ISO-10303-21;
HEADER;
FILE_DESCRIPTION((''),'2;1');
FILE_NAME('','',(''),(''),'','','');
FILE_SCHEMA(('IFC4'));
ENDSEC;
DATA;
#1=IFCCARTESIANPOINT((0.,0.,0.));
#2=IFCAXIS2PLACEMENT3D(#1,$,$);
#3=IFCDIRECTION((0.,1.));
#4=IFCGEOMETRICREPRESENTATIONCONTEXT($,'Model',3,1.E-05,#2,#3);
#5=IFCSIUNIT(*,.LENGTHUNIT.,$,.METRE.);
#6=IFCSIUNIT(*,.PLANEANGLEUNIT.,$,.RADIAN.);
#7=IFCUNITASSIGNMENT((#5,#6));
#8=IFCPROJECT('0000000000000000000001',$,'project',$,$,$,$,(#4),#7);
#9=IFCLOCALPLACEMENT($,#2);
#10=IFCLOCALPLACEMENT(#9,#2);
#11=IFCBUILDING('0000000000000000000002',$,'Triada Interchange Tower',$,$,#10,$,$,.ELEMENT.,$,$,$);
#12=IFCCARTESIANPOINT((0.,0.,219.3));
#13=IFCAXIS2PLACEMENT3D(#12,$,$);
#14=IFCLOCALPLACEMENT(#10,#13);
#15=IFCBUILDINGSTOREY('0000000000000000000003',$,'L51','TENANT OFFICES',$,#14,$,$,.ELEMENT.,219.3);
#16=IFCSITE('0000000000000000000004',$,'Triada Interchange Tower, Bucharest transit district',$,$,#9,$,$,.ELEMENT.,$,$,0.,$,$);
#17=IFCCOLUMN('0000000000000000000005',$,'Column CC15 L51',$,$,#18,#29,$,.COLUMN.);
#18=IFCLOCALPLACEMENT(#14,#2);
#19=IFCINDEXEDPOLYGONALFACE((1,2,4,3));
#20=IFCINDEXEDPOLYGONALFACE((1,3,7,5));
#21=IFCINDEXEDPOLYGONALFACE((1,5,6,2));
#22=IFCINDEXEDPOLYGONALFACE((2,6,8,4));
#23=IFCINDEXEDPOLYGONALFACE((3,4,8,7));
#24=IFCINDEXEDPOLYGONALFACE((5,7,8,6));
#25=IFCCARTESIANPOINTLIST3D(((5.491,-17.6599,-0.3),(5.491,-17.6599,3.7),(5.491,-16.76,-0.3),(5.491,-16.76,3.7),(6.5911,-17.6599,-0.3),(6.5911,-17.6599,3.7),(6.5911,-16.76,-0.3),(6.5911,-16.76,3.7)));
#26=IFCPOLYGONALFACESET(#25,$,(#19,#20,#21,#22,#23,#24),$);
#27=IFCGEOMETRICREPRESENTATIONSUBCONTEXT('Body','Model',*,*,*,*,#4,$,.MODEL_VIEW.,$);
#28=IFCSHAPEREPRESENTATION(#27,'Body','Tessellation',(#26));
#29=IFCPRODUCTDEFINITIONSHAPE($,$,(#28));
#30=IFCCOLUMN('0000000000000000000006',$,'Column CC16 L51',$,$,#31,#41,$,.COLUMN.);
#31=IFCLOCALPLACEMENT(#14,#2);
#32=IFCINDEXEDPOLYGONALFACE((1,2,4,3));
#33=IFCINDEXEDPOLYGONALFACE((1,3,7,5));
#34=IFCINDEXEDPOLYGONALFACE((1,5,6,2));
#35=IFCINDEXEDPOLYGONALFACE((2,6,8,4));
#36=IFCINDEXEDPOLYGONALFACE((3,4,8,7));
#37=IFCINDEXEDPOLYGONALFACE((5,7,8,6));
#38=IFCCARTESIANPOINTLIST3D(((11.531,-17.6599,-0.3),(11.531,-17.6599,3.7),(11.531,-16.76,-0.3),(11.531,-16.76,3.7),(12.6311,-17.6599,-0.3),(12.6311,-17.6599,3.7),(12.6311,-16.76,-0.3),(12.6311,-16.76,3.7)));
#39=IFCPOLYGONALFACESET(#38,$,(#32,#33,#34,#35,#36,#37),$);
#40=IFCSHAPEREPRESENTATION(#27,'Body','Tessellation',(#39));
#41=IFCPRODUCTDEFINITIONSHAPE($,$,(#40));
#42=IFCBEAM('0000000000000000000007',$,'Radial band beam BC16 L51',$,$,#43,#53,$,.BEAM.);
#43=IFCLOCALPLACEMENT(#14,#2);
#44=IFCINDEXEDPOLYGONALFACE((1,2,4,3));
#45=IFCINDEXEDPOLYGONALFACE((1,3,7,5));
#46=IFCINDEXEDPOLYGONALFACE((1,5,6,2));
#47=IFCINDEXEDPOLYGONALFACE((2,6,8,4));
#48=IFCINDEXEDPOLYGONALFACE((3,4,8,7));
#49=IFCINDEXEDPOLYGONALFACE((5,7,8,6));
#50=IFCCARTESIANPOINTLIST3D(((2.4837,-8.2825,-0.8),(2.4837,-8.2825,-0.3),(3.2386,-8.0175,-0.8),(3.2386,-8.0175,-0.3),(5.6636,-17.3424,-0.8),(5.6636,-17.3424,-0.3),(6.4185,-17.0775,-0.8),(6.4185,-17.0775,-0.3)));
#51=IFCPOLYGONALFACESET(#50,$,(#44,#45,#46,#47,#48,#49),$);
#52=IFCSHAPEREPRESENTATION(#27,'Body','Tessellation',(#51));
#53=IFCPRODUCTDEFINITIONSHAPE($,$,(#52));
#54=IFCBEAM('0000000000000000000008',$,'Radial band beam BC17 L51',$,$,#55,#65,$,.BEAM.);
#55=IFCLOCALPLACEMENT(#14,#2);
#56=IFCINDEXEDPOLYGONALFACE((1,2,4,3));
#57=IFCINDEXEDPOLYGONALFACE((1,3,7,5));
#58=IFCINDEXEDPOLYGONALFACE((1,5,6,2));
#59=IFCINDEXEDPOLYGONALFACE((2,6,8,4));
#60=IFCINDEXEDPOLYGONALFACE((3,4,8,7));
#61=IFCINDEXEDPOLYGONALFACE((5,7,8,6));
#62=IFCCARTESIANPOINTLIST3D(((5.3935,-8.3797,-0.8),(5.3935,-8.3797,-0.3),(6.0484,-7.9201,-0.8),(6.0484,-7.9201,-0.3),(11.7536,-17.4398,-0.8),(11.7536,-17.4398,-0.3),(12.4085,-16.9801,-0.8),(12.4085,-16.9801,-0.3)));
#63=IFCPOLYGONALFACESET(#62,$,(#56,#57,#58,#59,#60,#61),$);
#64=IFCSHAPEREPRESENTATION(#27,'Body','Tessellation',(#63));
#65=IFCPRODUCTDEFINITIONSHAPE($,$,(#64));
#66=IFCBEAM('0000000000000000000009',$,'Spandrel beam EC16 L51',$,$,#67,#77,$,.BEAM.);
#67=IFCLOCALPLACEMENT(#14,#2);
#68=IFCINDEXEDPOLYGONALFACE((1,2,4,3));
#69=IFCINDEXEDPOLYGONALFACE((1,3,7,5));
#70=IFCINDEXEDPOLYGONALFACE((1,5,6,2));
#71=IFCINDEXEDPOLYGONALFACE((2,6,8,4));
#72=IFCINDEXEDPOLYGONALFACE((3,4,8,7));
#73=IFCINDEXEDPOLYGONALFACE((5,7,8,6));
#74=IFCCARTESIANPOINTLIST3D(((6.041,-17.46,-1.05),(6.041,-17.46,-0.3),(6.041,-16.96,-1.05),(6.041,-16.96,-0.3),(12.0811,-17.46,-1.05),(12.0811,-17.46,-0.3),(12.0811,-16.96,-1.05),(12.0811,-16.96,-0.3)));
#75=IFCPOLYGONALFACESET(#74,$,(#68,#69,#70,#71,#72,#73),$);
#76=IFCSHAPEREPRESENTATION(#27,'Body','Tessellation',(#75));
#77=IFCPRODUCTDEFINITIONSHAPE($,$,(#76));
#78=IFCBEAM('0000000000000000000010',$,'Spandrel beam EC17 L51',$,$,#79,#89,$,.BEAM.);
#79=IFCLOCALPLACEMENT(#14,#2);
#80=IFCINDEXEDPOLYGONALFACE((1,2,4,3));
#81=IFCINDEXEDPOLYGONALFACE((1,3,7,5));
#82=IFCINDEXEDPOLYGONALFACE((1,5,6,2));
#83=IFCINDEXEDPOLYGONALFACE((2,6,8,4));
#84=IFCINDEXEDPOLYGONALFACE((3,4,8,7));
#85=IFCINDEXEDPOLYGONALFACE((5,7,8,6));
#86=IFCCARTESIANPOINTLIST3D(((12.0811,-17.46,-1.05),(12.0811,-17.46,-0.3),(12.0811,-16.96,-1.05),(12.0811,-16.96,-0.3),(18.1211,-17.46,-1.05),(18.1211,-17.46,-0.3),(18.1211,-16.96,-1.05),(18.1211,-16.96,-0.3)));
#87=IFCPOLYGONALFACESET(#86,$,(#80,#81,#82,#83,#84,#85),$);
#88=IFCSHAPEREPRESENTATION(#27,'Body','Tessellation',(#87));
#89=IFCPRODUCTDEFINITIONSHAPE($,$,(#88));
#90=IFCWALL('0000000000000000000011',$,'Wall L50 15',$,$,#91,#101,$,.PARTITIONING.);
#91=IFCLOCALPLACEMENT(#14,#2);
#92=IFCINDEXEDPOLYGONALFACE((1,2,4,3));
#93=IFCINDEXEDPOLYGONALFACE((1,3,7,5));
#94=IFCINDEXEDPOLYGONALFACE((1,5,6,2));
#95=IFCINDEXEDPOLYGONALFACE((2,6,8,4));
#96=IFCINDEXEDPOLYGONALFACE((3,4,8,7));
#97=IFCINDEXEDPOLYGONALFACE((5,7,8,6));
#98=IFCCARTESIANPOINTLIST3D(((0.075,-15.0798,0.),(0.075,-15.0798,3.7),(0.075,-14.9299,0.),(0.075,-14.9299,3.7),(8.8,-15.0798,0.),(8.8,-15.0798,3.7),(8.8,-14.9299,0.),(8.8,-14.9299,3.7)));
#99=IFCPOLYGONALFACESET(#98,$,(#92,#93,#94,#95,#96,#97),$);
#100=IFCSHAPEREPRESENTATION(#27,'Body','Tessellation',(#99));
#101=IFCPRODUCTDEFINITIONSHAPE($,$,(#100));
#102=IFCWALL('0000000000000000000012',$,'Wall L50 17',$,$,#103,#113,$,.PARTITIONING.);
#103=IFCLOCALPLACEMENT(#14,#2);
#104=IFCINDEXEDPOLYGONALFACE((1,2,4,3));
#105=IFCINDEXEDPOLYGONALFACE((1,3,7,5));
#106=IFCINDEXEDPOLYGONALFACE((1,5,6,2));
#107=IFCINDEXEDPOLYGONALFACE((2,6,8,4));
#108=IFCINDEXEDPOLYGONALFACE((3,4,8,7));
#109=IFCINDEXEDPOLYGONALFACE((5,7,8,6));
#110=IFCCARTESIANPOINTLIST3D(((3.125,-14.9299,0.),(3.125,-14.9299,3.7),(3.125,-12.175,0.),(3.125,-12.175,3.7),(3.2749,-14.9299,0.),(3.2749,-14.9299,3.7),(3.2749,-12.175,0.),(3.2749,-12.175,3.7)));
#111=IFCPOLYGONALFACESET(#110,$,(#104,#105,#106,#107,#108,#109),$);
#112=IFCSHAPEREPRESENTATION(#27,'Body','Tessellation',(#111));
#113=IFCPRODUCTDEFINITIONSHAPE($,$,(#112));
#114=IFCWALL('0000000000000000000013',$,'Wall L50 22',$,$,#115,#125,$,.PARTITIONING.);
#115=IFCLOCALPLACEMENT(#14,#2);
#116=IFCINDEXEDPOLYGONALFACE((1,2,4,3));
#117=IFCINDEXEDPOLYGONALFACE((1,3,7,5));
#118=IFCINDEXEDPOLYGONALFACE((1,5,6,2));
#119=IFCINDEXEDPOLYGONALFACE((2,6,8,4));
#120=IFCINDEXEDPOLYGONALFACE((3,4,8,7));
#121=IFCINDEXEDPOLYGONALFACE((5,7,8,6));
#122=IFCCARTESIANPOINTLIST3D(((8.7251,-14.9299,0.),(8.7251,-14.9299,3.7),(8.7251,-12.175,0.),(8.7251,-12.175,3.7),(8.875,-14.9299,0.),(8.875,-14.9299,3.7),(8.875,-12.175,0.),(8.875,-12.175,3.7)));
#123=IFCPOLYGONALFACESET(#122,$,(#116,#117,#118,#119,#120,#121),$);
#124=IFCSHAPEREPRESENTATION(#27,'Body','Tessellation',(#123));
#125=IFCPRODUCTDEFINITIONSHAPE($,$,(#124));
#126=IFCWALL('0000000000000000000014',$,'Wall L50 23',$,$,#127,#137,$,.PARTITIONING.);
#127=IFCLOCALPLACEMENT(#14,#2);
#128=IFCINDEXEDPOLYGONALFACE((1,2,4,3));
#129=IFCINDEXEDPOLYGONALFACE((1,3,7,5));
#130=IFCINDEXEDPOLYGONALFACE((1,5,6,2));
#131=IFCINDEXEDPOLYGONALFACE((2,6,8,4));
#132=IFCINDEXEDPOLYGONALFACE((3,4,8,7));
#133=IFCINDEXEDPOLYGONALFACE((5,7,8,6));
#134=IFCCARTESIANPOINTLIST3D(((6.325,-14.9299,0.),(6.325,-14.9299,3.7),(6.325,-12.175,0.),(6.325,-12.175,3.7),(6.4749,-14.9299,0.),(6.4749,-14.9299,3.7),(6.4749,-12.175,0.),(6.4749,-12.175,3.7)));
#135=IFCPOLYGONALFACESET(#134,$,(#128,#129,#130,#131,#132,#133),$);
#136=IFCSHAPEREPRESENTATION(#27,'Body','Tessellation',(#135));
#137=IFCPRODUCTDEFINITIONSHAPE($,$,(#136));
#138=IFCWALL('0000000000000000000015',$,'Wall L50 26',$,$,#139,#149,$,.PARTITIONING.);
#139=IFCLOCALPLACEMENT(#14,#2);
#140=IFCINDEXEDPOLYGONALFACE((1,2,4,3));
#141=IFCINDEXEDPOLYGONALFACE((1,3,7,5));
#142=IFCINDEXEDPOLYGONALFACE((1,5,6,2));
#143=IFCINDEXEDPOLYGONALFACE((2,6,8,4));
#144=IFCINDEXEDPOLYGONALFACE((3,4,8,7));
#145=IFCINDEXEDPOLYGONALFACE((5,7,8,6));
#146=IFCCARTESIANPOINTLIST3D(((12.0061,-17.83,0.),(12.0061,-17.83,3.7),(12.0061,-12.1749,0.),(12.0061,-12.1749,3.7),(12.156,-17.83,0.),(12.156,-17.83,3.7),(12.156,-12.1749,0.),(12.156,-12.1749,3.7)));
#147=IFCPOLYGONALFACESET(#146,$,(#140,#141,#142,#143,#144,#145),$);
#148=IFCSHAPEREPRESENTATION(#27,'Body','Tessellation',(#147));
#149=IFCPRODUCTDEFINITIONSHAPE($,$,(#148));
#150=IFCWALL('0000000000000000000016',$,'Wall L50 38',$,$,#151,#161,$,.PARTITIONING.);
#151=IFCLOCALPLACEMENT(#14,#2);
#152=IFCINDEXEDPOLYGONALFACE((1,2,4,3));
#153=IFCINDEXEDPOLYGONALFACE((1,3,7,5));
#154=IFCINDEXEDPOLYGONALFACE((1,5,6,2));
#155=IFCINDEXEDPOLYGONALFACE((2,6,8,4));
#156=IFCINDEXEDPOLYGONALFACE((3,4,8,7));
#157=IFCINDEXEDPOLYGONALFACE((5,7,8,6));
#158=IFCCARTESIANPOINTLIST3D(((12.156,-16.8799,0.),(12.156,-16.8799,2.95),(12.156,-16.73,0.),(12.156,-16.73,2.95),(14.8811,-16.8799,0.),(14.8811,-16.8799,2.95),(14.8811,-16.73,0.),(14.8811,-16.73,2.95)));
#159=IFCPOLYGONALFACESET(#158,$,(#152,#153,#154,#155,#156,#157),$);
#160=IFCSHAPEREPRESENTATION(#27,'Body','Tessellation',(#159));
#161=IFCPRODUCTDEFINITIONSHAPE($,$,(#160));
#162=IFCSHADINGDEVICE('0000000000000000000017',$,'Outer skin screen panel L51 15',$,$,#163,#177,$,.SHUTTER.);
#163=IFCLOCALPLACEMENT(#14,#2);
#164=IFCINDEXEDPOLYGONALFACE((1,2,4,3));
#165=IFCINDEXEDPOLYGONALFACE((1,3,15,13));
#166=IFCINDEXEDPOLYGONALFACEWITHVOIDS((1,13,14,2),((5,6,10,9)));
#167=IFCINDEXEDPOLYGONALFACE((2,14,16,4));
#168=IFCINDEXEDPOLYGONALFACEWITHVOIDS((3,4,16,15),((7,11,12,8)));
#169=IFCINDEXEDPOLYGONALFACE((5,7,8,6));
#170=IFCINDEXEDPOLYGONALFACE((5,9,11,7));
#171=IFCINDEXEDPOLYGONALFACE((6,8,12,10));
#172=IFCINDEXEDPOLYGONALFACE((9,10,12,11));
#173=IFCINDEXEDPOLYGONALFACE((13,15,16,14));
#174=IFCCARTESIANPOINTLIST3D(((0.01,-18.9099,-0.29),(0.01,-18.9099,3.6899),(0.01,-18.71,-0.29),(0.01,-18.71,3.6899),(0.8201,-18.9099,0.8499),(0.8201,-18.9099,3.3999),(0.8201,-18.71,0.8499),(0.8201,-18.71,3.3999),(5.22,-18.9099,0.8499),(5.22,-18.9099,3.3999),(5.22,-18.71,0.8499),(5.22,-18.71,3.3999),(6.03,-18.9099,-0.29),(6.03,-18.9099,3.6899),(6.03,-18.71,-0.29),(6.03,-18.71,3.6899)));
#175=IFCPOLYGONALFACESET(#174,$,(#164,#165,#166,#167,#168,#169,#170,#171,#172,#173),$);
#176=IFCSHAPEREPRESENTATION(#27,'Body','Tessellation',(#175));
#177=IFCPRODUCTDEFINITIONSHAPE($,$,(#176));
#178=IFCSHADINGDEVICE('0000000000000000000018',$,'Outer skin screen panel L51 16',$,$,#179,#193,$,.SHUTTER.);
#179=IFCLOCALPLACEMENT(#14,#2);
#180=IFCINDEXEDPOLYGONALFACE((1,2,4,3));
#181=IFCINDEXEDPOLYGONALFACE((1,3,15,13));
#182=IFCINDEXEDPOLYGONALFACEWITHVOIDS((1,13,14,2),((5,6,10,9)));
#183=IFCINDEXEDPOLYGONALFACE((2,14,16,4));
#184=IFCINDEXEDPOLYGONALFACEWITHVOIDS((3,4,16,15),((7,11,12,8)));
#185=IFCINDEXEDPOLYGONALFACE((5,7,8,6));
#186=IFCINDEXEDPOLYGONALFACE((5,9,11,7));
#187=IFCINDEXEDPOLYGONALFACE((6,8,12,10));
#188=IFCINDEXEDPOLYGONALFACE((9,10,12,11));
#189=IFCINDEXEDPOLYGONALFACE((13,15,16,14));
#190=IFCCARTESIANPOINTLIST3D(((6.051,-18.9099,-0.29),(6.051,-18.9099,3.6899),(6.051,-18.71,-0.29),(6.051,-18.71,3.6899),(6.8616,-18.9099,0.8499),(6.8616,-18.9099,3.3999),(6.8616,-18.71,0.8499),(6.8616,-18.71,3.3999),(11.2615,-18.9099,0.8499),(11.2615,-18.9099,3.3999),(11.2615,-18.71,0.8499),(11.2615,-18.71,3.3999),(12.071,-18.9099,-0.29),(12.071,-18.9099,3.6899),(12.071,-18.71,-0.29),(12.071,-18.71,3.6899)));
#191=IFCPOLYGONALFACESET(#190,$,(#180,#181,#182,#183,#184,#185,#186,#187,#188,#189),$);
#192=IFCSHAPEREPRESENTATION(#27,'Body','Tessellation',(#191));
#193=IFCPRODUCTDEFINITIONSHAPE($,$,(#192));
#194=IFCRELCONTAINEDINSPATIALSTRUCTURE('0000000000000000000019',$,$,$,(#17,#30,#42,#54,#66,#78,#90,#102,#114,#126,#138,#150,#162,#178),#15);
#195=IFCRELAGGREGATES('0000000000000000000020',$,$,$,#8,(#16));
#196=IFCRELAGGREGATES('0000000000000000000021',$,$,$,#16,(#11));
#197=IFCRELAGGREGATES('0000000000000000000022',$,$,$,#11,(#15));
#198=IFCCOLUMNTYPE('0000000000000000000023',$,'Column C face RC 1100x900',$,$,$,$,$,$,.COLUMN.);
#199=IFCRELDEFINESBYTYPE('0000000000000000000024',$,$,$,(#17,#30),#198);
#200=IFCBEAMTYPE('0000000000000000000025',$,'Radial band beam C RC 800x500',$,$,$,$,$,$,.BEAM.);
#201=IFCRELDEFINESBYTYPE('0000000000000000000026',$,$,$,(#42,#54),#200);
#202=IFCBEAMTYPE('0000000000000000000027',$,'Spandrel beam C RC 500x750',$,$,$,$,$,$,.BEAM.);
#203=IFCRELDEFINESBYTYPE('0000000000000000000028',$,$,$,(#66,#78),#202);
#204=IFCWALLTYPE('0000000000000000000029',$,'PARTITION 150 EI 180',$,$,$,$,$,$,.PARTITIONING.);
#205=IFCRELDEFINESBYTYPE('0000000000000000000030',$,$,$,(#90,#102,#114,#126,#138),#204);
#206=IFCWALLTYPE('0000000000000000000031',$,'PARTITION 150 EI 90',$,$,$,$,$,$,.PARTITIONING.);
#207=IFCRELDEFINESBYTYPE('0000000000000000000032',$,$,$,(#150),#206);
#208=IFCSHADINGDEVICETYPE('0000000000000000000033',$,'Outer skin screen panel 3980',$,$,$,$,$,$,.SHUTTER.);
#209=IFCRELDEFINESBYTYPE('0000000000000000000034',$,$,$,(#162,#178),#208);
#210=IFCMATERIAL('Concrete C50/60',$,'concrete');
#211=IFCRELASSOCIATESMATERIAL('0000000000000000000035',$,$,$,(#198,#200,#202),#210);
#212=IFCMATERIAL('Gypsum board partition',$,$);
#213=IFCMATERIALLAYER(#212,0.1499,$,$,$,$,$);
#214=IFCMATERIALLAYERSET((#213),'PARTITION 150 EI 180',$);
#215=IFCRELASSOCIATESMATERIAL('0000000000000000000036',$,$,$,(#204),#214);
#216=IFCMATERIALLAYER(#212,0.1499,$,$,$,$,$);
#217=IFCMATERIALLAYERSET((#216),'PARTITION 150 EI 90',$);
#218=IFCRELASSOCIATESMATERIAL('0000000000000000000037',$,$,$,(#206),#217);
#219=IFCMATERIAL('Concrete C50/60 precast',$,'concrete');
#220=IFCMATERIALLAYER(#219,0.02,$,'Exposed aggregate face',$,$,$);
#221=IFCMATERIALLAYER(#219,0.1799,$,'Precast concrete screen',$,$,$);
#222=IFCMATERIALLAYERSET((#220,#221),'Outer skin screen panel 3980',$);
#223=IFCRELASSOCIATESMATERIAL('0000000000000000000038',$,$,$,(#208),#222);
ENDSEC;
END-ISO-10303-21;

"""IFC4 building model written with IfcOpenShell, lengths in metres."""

from ifc_helpers import new_model, si_unit, direction, frame, frame_2d, origin, origin_2d, place, context, subcontext, project, spatial, polyline, rectangle, outline, extrude, material, layer, layer_set, material_profile, profile_set, type_object, element, save


model = new_model("IFC4")

# Units and contexts
model_context = context("Model", 3, precision=1e-05, world=origin(), true_north=direction((0.0, 1.0)))
body_context = subcontext(model_context, "Body", "Model", "MODEL_VIEW")
ifc_project = project(units=[si_unit("LENGTHUNIT", "METRE"), si_unit("PLANEANGLEUNIT", "RADIAN")], contexts=[model_context])

# Site, building, storey
site_placement = place(None, origin())
site = spatial("IfcSite", under=ifc_project, at=site_placement, Name="Triada Interchange Tower, Bucharest transit district", CompositionType="ELEMENT", RefElevation=0.0)
building_placement = place(site_placement, origin())
building = spatial("IfcBuilding", under=site, at=building_placement, Name="Triada Interchange Tower", CompositionType="ELEMENT")
storey_placement = place(building_placement, frame((0.0, 0.0, 219.3)))
storey = spatial("IfcBuildingStorey", under=building, at=storey_placement, Name="L51", Description="TENANT OFFICES", CompositionType="ELEMENT", Elevation=219.3)

# Columns
ifc_material_1 = material(Name="Concrete C50/60", Category="concrete")
ifc_material_profile_1 = material_profile(ifc_material_1, rectangle(XDim=1.1001, YDim=0.8999, at=origin_2d()), Name="RC 1100x900")
ifc_profile_set_1 = profile_set([ifc_material_profile_1], Name="Concrete C50/60")
column_type = type_object("IfcColumnType", Name="Column C face RC 1100x900", PredefinedType="COLUMN", material=ifc_profile_set_1)
for number, where, z_axis, x_axis, name in (
    (1, (6.041, -17.21, -0.3), (0.0, 0.0, 1.0), (1.0, 0.0, 0.0), "Column CC15 L51"),
    (2, (12.0811, -17.21, -0.3), (0.0, 0.0, 1.0), (1.0, 0.0, 0.0), "Column CC16 L51"),
):
    element("IfcColumn", number, at=place(storey_placement, frame(where, z_axis=z_axis, x_axis=x_axis)), inside=storey, type_object=column_type, Name=name, PredefinedType="COLUMN", context=body_context, shape_type="SweptSolid", body=[
        extrude(rectangle(XDim=1.1001, YDim=0.8999, at=origin_2d()), origin(), (0.0, 0.0, 1.0), 4.0),
    ])

# Beams
ifc_material_profile_2 = material_profile(ifc_material_1, rectangle(XDim=0.8, YDim=0.5, at=origin_2d()), Name="RC 800x500")
ifc_profile_set_2 = profile_set([ifc_material_profile_2], Name="Concrete C50/60")
beam_type_1 = type_object("IfcBeamType", Name="Radial band beam C RC 800x500", PredefinedType="BEAM", material=ifc_profile_set_2)
beam_1_placement = place(storey_placement, frame((6.041, -17.21, -0.55), z_axis=(-0.331177, 0.943569, 0.0), x_axis=(-0.943569, -0.331177, 0.0)))
element("IfcBeam", 3, at=beam_1_placement, inside=storey, type_object=beam_type_1, Name="Radial band beam BC16 L51", PredefinedType="BEAM", context=body_context, shape_type="SweptSolid", body=[
    extrude(rectangle(XDim=0.8, YDim=0.5, at=origin_2d()), origin(), (0.0, 0.0, 1.0), 9.6018),
])
beam_2_placement = place(storey_placement, frame((12.0811, -17.21, -0.55), z_axis=(-0.574557, 0.818464, 0.0), x_axis=(-0.818464, -0.574557, 0.0)))
element("IfcBeam", 4, at=beam_2_placement, inside=storey, type_object=beam_type_1, Name="Radial band beam BC17 L51", PredefinedType="BEAM", context=body_context, shape_type="SweptSolid", body=[
    extrude(rectangle(XDim=0.8, YDim=0.5, at=origin_2d()), origin(), (0.0, 0.0, 1.0), 11.0696),
])
ifc_material_profile_3 = material_profile(ifc_material_1, rectangle(XDim=0.5, YDim=0.75, at=origin_2d()), Name="RC 500x750")
ifc_profile_set_3 = profile_set([ifc_material_profile_3], Name="Concrete C50/60")
beam_type_2 = type_object("IfcBeamType", Name="Spandrel beam C RC 500x750", PredefinedType="BEAM", material=ifc_profile_set_3)
for number, where, z_axis, x_axis, name in (
    (5, (6.041, -17.21, -0.675), (1.0, 0.0, 0.0), (0.0, 1.0, 0.0), "Spandrel beam EC16 L51"),
    (6, (12.0811, -17.21, -0.675), (1.0, 0.0, 0.0), (0.0, 1.0, 0.0), "Spandrel beam EC17 L51"),
):
    element("IfcBeam", number, at=place(storey_placement, frame(where, z_axis=z_axis, x_axis=x_axis)), inside=storey, type_object=beam_type_2, Name=name, PredefinedType="BEAM", context=body_context, shape_type="SweptSolid", body=[
        extrude(rectangle(XDim=0.5, YDim=0.75, at=origin_2d()), origin(), (0.0, 0.0, 1.0), 6.04),
    ])

# Walls
ifc_material_2 = material(Name="Gypsum board partition")
ifc_layer_1 = layer(ifc_material_2, 0.1499)
ifc_layer_set_1 = layer_set([ifc_layer_1], Name="PARTITION 150 EI 180")
wall_type_1 = type_object("IfcWallType", Name="PARTITION 150 EI 180", PredefinedType="PARTITIONING", material=ifc_layer_set_1)
wall_1_placement = place(storey_placement, frame((0.075, -15.0049, 0.0), z_axis=(0.0, 0.0, 1.0), x_axis=(1.0, 0.0, 0.0)))
element("IfcWall", 7, at=wall_1_placement, inside=storey, type_object=wall_type_1, Name="Wall L50 15", PredefinedType="PARTITIONING", context=body_context, shape_type="SweptSolid", body=[
    extrude(rectangle(XDim=8.7251, YDim=0.1499, at=frame_2d((4.3625, 0.0))), origin(), (0.0, 0.0, 1.0), 3.7),
])
for number, where, z_axis, x_axis, name in (
    (8, (3.2, -14.9299, 0.0), (0.0, 0.0, 1.0), (0.0, 1.0, 0.0), "Wall L50 17"),
    (9, (8.8, -14.9299, 0.0), (0.0, 0.0, 1.0), (0.0, 1.0, 0.0), "Wall L50 22"),
    (10, (6.3999, -14.9299, 0.0), (0.0, 0.0, 1.0), (0.0, 1.0, 0.0), "Wall L50 23"),
):
    element("IfcWall", number, at=place(storey_placement, frame(where, z_axis=z_axis, x_axis=x_axis)), inside=storey, type_object=wall_type_1, Name=name, PredefinedType="PARTITIONING", context=body_context, shape_type="SweptSolid", body=[
        extrude(rectangle(XDim=2.7549, YDim=0.1499, at=frame_2d((1.3774, 0.0))), origin(), (0.0, 0.0, 1.0), 3.7),
    ])
wall_2_placement = place(storey_placement, frame((12.0811, -17.8301, 0.0), z_axis=(0.0, 0.0, 1.0), x_axis=(0.0, 1.0, 0.0)))
element("IfcWall", 11, at=wall_2_placement, inside=storey, type_object=wall_type_1, Name="Wall L50 26", PredefinedType="PARTITIONING", context=body_context, shape_type="SweptSolid", body=[
    extrude(rectangle(XDim=5.655, YDim=0.1499, at=frame_2d((2.8276, 0.0))), origin(), (0.0, 0.0, 1.0), 3.7),
])
ifc_layer_2 = layer(ifc_material_2, 0.1499)
ifc_layer_set_2 = layer_set([ifc_layer_2], Name="PARTITION 150 EI 90")
wall_type_2 = type_object("IfcWallType", Name="PARTITION 150 EI 90", PredefinedType="PARTITIONING", material=ifc_layer_set_2)
wall_3_placement = place(storey_placement, frame((12.156, -16.8049, 0.0), z_axis=(0.0, 0.0, 1.0), x_axis=(1.0, 0.0, 0.0)))
element("IfcWall", 12, at=wall_3_placement, inside=storey, type_object=wall_type_2, Name="Wall L50 38", PredefinedType="PARTITIONING", context=body_context, shape_type="SweptSolid", body=[
    extrude(rectangle(XDim=2.7251, YDim=0.1499, at=frame_2d((1.3625, 0.0))), origin(), (0.0, 0.0, 1.0), 2.95),
])

# Shading devices
ifc_material_3 = material(Name="Concrete C50/60 precast", Category="concrete")
ifc_layer_3 = layer(ifc_material_3, 0.02, Name="Exposed aggregate face")
ifc_layer_4 = layer(ifc_material_3, 0.1799, Name="Precast concrete screen")
ifc_layer_set_3 = layer_set([ifc_layer_3, ifc_layer_4], Name="Outer skin screen panel 3980")
shading_device_type = type_object("IfcShadingDeviceType", Name="Outer skin screen panel 3980", PredefinedType="SHUTTER", material=ifc_layer_set_3)
shading_device_1_placement = place(storey_placement, frame((0.01, -18.71, -0.29), z_axis=(0.0, 0.0, 1.0), x_axis=(1.0, 0.0, 0.0)))
element("IfcShadingDevice", 13, at=shading_device_1_placement, inside=storey, type_object=shading_device_type, Name="Outer skin screen panel L51 15", PredefinedType="SHUTTER", context=body_context, shape_type="SweptSolid", body=[
    extrude(outline(polyline([(0.0, 0.0), (6.02, 0.0), (6.02, 3.98), (0.0, 3.98), (0.0, 0.0)]), holes=[polyline([(0.8101, 1.1399), (0.8101, 3.6899), (5.21, 3.6899), (5.21, 1.1399), (0.8101, 1.1399)])]), frame((0.0, 0.0, 0.0), z_axis=(0.0, -1.0, 0.0), x_axis=(1.0, 0.0, 0.0)), (0.0, 0.0, 1.0), 0.2),
])
shading_device_2_placement = place(storey_placement, frame((6.051, -18.71, -0.29), z_axis=(0.0, 0.0, 1.0), x_axis=(1.0, 0.0, 0.0)))
element("IfcShadingDevice", 14, at=shading_device_2_placement, inside=storey, type_object=shading_device_type, Name="Outer skin screen panel L51 16", PredefinedType="SHUTTER", context=body_context, shape_type="SweptSolid", body=[
    extrude(outline(polyline([(0.0, 0.0), (6.02, 0.0), (6.02, 3.98), (0.0, 3.98), (0.0, 0.0)]), holes=[polyline([(0.8105, 1.1399), (0.8105, 3.6899), (5.2104, 3.6899), (5.2104, 1.1399), (0.8105, 1.1399)])]), frame((0.0, 0.0, 0.0), z_axis=(0.0, -1.0, 0.0), x_axis=(1.0, 0.0, 0.0)), (0.0, 0.0, 1.0), 0.2),
])

save(model, "model.ifc")
